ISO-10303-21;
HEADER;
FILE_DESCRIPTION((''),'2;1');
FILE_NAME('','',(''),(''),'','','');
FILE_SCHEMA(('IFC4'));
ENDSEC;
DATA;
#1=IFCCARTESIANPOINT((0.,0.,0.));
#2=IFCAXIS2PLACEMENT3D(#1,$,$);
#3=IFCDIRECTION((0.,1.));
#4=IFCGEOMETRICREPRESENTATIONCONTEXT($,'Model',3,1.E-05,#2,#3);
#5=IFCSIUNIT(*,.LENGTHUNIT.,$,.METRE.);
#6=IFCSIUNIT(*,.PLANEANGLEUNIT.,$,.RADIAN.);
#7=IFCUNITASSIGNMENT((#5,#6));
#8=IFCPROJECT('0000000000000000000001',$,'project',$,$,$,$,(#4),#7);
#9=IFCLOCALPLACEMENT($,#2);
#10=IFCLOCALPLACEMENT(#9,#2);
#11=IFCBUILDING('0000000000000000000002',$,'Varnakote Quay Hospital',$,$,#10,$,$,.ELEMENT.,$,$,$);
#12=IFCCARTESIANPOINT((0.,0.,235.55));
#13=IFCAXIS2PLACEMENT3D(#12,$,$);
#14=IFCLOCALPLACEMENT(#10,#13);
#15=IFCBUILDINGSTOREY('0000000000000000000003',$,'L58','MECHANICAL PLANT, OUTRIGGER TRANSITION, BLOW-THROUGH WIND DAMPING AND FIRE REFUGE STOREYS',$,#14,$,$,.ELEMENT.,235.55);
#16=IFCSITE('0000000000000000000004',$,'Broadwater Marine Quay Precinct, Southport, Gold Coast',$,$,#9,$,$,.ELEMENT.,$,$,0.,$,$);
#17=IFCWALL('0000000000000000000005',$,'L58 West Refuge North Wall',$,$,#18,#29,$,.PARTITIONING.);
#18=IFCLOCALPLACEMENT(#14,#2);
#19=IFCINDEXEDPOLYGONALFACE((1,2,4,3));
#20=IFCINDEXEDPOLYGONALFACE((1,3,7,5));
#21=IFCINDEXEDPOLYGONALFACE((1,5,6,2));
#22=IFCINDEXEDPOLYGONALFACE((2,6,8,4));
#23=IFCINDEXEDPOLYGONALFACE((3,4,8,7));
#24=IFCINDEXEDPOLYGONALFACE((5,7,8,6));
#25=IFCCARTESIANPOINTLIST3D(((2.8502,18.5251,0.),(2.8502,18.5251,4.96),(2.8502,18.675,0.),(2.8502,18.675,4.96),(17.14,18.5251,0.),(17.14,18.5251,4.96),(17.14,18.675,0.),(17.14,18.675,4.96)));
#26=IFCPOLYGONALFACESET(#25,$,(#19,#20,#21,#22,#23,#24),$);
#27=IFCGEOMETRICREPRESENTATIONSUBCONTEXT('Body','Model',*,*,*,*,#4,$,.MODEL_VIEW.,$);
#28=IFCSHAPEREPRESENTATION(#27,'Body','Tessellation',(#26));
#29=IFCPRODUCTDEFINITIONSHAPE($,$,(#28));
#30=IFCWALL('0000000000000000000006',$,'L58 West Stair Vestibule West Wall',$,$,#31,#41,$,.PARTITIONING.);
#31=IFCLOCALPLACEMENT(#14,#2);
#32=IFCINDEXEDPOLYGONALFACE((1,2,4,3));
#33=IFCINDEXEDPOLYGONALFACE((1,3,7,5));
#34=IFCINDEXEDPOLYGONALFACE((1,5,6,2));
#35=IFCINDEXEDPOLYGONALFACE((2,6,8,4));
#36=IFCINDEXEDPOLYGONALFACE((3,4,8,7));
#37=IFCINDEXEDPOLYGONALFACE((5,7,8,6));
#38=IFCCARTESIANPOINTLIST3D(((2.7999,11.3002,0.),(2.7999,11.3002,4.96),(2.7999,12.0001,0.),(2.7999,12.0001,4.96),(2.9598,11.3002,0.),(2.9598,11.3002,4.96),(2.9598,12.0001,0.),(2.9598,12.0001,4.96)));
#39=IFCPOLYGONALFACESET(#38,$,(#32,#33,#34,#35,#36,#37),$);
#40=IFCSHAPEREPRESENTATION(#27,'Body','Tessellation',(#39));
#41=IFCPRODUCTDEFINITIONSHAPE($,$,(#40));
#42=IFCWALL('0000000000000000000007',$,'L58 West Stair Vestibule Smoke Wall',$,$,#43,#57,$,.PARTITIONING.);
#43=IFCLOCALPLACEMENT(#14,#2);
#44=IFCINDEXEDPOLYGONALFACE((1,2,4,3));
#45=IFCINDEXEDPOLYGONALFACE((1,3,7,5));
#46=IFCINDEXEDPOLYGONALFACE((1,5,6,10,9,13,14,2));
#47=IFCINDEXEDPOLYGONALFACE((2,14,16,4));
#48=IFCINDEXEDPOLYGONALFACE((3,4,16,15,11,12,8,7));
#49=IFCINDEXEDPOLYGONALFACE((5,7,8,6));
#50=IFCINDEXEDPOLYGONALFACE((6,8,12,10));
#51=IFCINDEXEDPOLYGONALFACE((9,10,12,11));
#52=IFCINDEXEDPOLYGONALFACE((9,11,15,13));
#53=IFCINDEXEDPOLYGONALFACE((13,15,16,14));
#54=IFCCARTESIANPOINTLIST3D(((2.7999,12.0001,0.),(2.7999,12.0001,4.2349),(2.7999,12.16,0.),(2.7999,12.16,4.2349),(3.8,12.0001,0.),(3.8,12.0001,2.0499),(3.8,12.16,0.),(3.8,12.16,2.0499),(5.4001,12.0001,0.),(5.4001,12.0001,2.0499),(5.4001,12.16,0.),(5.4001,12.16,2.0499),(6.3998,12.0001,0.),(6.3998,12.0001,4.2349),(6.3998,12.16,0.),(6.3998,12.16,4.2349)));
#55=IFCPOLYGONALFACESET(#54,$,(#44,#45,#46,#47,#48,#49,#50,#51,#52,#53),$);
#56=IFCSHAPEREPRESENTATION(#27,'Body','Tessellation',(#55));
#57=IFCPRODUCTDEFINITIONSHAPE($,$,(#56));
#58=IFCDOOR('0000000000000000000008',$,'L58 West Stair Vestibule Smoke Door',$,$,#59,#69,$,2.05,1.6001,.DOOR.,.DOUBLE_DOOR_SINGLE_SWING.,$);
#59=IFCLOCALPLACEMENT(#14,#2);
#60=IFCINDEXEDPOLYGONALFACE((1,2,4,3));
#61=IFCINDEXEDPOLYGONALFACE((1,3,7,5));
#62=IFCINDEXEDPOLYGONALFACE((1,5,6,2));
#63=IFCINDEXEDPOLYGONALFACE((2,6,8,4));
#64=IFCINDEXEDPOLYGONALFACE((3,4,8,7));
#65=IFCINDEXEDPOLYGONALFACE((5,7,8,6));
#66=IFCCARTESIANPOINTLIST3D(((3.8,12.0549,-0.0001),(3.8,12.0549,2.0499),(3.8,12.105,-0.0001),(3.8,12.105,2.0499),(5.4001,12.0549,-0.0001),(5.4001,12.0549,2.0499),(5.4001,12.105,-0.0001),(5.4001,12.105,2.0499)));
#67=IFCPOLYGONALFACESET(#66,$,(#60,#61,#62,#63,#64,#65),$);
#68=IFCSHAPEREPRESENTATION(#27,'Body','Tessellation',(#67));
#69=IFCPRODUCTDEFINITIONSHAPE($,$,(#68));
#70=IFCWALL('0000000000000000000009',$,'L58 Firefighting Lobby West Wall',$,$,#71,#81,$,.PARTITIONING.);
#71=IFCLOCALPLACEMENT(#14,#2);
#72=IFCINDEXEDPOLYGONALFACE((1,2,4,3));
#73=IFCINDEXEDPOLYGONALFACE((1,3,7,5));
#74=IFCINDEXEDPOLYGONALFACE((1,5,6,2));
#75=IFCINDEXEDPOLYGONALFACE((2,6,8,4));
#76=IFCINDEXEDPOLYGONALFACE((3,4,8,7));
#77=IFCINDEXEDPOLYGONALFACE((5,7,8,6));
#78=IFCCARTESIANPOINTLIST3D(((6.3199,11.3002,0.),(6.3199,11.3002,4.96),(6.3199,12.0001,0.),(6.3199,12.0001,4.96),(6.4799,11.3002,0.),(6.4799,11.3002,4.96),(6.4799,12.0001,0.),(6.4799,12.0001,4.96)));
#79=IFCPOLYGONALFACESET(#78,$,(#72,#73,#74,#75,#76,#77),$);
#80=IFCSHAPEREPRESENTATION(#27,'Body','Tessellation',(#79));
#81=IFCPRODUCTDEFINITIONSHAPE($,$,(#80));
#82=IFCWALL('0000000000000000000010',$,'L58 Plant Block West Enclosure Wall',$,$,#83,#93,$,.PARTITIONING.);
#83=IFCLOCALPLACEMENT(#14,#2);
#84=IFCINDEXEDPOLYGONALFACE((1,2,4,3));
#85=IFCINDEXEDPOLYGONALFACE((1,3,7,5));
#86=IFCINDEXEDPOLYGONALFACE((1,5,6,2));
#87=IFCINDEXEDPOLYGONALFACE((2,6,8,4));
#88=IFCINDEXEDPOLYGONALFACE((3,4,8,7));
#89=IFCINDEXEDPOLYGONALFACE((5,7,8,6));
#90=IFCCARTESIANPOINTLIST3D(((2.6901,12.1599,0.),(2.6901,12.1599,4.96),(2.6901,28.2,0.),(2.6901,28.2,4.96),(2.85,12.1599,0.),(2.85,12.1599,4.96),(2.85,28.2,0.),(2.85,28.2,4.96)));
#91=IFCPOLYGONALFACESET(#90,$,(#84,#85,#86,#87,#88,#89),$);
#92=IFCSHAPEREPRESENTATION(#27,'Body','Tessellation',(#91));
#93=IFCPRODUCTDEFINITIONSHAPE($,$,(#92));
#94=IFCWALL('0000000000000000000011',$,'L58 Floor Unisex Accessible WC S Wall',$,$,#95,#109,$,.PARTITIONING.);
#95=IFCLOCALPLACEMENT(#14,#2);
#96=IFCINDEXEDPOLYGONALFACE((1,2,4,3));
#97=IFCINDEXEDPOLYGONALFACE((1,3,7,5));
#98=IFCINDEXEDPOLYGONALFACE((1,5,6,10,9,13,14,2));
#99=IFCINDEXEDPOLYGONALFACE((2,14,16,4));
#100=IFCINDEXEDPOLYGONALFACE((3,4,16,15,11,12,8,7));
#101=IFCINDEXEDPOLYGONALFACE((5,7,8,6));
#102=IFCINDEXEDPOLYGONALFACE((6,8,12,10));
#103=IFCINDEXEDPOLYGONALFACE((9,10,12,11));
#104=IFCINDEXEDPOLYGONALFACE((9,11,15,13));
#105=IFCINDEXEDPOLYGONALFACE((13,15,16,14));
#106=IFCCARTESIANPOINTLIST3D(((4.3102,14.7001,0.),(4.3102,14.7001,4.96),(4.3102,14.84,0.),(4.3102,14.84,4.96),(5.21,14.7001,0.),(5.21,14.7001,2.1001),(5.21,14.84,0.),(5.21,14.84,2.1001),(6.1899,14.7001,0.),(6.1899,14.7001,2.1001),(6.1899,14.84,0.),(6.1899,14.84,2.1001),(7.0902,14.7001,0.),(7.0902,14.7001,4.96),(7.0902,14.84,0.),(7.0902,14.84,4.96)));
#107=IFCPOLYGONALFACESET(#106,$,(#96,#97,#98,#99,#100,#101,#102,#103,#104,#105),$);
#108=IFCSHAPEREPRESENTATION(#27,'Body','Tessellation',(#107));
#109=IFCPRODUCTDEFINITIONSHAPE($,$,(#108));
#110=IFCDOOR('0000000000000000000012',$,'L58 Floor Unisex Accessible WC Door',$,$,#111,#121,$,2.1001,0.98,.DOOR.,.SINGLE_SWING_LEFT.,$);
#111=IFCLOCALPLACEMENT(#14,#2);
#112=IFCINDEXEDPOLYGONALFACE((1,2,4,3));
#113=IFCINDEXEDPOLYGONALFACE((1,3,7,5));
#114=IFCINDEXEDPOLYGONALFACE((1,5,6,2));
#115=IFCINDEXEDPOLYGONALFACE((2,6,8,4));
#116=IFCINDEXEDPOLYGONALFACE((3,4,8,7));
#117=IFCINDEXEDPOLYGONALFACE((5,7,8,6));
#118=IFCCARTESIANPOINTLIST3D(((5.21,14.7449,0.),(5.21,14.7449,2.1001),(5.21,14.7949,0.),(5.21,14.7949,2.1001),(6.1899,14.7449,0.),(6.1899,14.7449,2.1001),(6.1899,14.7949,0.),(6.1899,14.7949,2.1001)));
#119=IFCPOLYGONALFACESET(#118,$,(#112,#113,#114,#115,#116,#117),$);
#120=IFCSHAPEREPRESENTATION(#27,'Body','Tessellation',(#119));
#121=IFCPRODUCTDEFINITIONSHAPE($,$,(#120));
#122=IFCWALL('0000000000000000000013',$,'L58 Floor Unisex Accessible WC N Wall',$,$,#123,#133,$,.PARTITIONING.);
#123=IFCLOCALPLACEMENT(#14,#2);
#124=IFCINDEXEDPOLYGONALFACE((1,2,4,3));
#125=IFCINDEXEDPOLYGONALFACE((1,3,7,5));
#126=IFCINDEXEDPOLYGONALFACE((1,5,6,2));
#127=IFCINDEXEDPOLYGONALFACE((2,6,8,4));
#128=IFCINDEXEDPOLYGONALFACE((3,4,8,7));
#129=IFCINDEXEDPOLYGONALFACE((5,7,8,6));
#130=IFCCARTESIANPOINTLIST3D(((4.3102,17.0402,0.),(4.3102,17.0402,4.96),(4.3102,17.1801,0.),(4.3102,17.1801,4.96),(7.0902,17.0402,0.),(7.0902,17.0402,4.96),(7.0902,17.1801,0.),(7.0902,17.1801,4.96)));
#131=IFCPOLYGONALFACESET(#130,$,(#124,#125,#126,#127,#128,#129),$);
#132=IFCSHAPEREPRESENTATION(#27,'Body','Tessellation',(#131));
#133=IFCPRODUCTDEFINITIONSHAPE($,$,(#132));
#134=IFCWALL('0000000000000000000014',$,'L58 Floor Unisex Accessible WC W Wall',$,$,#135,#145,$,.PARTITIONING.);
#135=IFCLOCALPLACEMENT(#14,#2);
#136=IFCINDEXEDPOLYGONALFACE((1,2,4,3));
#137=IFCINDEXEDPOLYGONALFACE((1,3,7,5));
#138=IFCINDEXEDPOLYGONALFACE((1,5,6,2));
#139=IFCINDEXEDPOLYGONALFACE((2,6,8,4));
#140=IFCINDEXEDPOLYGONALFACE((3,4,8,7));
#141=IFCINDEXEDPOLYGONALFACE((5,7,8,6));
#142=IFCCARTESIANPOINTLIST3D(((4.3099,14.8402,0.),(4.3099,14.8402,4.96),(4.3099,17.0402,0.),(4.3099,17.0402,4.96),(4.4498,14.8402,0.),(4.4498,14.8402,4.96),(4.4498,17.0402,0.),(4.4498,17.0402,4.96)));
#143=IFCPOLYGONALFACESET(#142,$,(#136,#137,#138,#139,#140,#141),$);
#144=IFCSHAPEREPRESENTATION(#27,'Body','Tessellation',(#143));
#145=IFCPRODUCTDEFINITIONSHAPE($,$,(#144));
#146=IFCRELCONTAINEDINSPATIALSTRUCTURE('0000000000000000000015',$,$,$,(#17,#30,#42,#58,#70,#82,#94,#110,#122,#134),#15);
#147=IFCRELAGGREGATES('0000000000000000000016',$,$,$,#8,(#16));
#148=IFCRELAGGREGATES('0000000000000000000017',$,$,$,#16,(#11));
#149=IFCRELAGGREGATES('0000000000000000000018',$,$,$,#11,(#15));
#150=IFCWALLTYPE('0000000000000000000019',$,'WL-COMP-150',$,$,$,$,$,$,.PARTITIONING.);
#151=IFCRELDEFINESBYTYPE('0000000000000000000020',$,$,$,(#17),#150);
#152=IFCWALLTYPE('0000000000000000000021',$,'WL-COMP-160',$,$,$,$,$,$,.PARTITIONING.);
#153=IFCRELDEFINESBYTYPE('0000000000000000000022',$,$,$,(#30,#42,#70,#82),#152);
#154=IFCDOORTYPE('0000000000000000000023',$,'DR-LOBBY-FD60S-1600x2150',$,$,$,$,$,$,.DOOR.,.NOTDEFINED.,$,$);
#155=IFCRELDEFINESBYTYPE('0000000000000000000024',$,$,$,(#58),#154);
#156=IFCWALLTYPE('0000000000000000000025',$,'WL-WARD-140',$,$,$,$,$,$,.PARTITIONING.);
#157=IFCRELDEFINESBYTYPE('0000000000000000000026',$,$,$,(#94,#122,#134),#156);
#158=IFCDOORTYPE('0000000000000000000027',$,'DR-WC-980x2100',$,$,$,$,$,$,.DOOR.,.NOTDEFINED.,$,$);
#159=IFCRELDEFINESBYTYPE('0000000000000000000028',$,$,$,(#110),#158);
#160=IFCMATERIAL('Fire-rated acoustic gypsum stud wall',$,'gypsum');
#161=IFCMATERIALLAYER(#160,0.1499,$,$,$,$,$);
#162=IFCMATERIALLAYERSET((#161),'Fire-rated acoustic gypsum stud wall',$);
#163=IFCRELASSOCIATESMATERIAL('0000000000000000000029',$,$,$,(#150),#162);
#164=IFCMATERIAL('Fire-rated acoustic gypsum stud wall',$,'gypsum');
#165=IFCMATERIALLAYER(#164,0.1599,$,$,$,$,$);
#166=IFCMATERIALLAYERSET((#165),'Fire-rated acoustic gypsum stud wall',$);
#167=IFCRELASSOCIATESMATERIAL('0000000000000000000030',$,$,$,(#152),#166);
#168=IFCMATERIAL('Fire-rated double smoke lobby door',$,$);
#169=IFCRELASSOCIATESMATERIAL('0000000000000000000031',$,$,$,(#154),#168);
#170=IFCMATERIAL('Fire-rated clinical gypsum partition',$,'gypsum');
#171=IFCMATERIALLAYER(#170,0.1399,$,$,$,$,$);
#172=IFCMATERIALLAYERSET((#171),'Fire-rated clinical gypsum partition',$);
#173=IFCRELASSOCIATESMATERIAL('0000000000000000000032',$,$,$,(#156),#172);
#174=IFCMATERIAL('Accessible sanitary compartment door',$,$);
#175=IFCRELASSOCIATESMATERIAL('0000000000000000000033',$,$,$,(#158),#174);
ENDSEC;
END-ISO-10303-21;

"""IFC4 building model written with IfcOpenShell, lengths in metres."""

from ifc_helpers import new_model, si_unit, direction, frame, frame_2d, origin, place, context, subcontext, project, spatial, rectangle, extrude, material, layer, layer_set, type_object, element, fill, save


model = new_model("IFC4")

# Units and contexts
model_context = context("Model", 3, precision=1e-05, world=origin(), true_north=direction((0.0, 1.0)))
body_context = subcontext(model_context, "Body", "Model", "MODEL_VIEW")
ifc_project = project(units=[si_unit("LENGTHUNIT", "METRE"), si_unit("PLANEANGLEUNIT", "RADIAN")], contexts=[model_context])

# Site, building, storey
site_placement = place(None, origin())
site = spatial("IfcSite", under=ifc_project, at=site_placement, Name="Broadwater Marine Quay Precinct, Southport, Gold Coast", CompositionType="ELEMENT", RefElevation=0.0)
building_placement = place(site_placement, origin())
building = spatial("IfcBuilding", under=site, at=building_placement, Name="Varnakote Quay Hospital", CompositionType="ELEMENT")
storey_placement = place(building_placement, frame((0.0, 0.0, 235.55)))
storey = spatial("IfcBuildingStorey", under=building, at=storey_placement, Name="L58", Description="MECHANICAL PLANT, OUTRIGGER TRANSITION, BLOW-THROUGH WIND DAMPING AND FIRE REFUGE STOREYS", CompositionType="ELEMENT", Elevation=235.55)

# Walls
ifc_material_1 = material(Name="Fire-rated acoustic gypsum stud wall", Category="gypsum")
ifc_layer_1 = layer(ifc_material_1, 0.1499)
ifc_layer_set_1 = layer_set([ifc_layer_1], Name="Fire-rated acoustic gypsum stud wall")
wall_type_1 = type_object("IfcWallType", Name="WL-COMP-150", PredefinedType="PARTITIONING", material=ifc_layer_set_1)
wall_1_placement = place(storey_placement, frame((2.8501, 18.6001, 0.0), z_axis=(0.0, 0.0, 1.0), x_axis=(1.0, 0.0, 0.0)))
element("IfcWall", 1, at=wall_1_placement, inside=storey, type_object=wall_type_1, Name="L58 West Refuge North Wall", PredefinedType="PARTITIONING", context=body_context, shape_type="SweptSolid", body=[
    extrude(rectangle(XDim=14.2898, YDim=0.1499, at=frame_2d((7.145, 0.0))), origin(), (0.0, 0.0, 1.0), 4.96),
])
ifc_material_2 = material(Name="Fire-rated acoustic gypsum stud wall", Category="gypsum")
ifc_layer_2 = layer(ifc_material_2, 0.1599)
ifc_layer_set_2 = layer_set([ifc_layer_2], Name="Fire-rated acoustic gypsum stud wall")
wall_type_2 = type_object("IfcWallType", Name="WL-COMP-160", PredefinedType="PARTITIONING", material=ifc_layer_set_2)
wall_2_placement = place(storey_placement, frame((2.8799, 11.3, 0.0), z_axis=(0.0, 0.0, 1.0), x_axis=(0.0, 1.0, 0.0)))
element("IfcWall", 2, at=wall_2_placement, inside=storey, type_object=wall_type_2, Name="L58 West Stair Vestibule West Wall", PredefinedType="PARTITIONING", context=body_context, shape_type="SweptSolid", body=[
    extrude(rectangle(XDim=0.7, YDim=0.1599, at=frame_2d((0.3501, 0.0))), origin(), (0.0, 0.0, 1.0), 4.96),
])

# Wall, opening, door
wall_3_placement = place(storey_placement, frame((2.8, 12.0801, 0.0), z_axis=(0.0, 0.0, 1.0), x_axis=(1.0, 0.0, 0.0)))
wall_3 = element("IfcWall", 3, at=wall_3_placement, inside=storey, type_object=wall_type_2, Name="L58 West Stair Vestibule Smoke Wall", PredefinedType="PARTITIONING", context=body_context, shape_type="SweptSolid", body=[
    extrude(rectangle(XDim=3.5999, YDim=0.1599, at=frame_2d((1.7998, 0.0))), origin(), (0.0, 0.0, 1.0), 4.2349),
])
opening_1_placement = place(wall_3_placement, frame((1.0, 0.0, 0.0)))
opening_1 = element("IfcOpeningElement", 4, at=opening_1_placement, cuts=wall_3, PredefinedType="OPENING", context=body_context, shape_type="SweptSolid", body=[
    extrude(rectangle(XDim=1.6001, YDim=2.05, at=frame_2d((0.8, 1.0249))), frame((0.0, 0.0898, 0.0), z_axis=(0.0, -1.0, 0.0), x_axis=(1.0, 0.0, 0.0)), (0.0, 0.0, 1.0), 0.1799),
])
ifc_material_3 = material(Name="Fire-rated double smoke lobby door")
door_type_1 = type_object("IfcDoorType", Name="DR-LOBBY-FD60S-1600x2150", OperationType="NOTDEFINED", PredefinedType="DOOR", material=ifc_material_3)
door_1_placement = place(opening_1_placement, origin())
door_1 = element("IfcDoor", 5, at=door_1_placement, inside=storey, type_object=door_type_1, Name="L58 West Stair Vestibule Smoke Door", OperationType="DOUBLE_DOOR_SINGLE_SWING", OverallHeight=2.05, OverallWidth=1.6001, PredefinedType="DOOR", context=body_context, shape_type="SweptSolid", body=[
    extrude(rectangle(XDim=1.6001, YDim=2.05, at=frame_2d((0.8, 1.0249))), frame((0.0, 0.0249, 0.0), z_axis=(0.0, -1.0, 0.0), x_axis=(1.0, 0.0, 0.0)), (0.0, 0.0, 1.0), 0.05),
])
fill(opening_1, door_1)

# Walls
wall_4_placement = place(storey_placement, frame((6.3999, 11.3, 0.0), z_axis=(0.0, 0.0, 1.0), x_axis=(0.0, 1.0, 0.0)))
element("IfcWall", 6, at=wall_4_placement, inside=storey, type_object=wall_type_2, Name="L58 Firefighting Lobby West Wall", PredefinedType="PARTITIONING", context=body_context, shape_type="SweptSolid", body=[
    extrude(rectangle(XDim=0.7, YDim=0.1599, at=frame_2d((0.3501, 0.0))), origin(), (0.0, 0.0, 1.0), 4.96),
])
wall_5_placement = place(storey_placement, frame((2.77, 12.1599, 0.0), z_axis=(0.0, 0.0, 1.0), x_axis=(0.0, 1.0, 0.0)))
element("IfcWall", 7, at=wall_5_placement, inside=storey, type_object=wall_type_2, Name="L58 Plant Block West Enclosure Wall", PredefinedType="PARTITIONING", context=body_context, shape_type="SweptSolid", body=[
    extrude(rectangle(XDim=16.04, YDim=0.1599, at=frame_2d((8.02, 0.0))), origin(), (0.0, 0.0, 1.0), 4.96),
])

# Wall, opening, door
ifc_material_4 = material(Name="Fire-rated clinical gypsum partition", Category="gypsum")
ifc_layer_3 = layer(ifc_material_4, 0.1399)
ifc_layer_set_3 = layer_set([ifc_layer_3], Name="Fire-rated clinical gypsum partition")
wall_type_3 = type_object("IfcWallType", Name="WL-WARD-140", PredefinedType="PARTITIONING", material=ifc_layer_set_3)
wall_6_placement = place(storey_placement, frame((4.3101, 14.77, 0.0), z_axis=(0.0, 0.0, 1.0), x_axis=(1.0, 0.0, 0.0)))
wall_6 = element("IfcWall", 8, at=wall_6_placement, inside=storey, type_object=wall_type_3, Name="L58 Floor Unisex Accessible WC S Wall", PredefinedType="PARTITIONING", context=body_context, shape_type="SweptSolid", body=[
    extrude(rectangle(XDim=2.78, YDim=0.1399, at=frame_2d((1.3901, 0.0))), origin(), (0.0, 0.0, 1.0), 4.96),
])
opening_2_placement = place(wall_6_placement, frame((0.8999, 0.0, 0.0)))
opening_2 = element("IfcOpeningElement", 9, at=opening_2_placement, cuts=wall_6, PredefinedType="OPENING", context=body_context, shape_type="SweptSolid", body=[
    extrude(rectangle(XDim=0.98, YDim=2.1001, at=frame_2d((0.49, 1.05))), frame((0.0, 0.0798, 0.0), z_axis=(0.0, -1.0, 0.0), x_axis=(1.0, 0.0, 0.0)), (0.0, 0.0, 1.0), 0.1599),
])
ifc_material_5 = material(Name="Accessible sanitary compartment door")
door_type_2 = type_object("IfcDoorType", Name="DR-WC-980x2100", OperationType="NOTDEFINED", PredefinedType="DOOR", material=ifc_material_5)
door_2_placement = place(opening_2_placement, origin())
door_2 = element("IfcDoor", 10, at=door_2_placement, inside=storey, type_object=door_type_2, Name="L58 Floor Unisex Accessible WC Door", OperationType="SINGLE_SWING_LEFT", OverallHeight=2.1001, OverallWidth=0.98, PredefinedType="DOOR", context=body_context, shape_type="SweptSolid", body=[
    extrude(rectangle(XDim=0.98, YDim=2.1001, at=frame_2d((0.49, 1.05))), frame((0.0, 0.0249, 0.0), z_axis=(0.0, -1.0, 0.0), x_axis=(1.0, 0.0, 0.0)), (0.0, 0.0, 1.0), 0.05),
])
fill(opening_2, door_2)

# Walls
wall_7_placement = place(storey_placement, frame((4.3101, 17.1101, 0.0), z_axis=(0.0, 0.0, 1.0), x_axis=(1.0, 0.0, 0.0)))
element("IfcWall", 11, at=wall_7_placement, inside=storey, type_object=wall_type_3, Name="L58 Floor Unisex Accessible WC N Wall", PredefinedType="PARTITIONING", context=body_context, shape_type="SweptSolid", body=[
    extrude(rectangle(XDim=2.78, YDim=0.1399, at=frame_2d((1.3901, 0.0))), origin(), (0.0, 0.0, 1.0), 4.96),
])
wall_8_placement = place(storey_placement, frame((4.3799, 14.8401, 0.0), z_axis=(0.0, 0.0, 1.0), x_axis=(0.0, 1.0, 0.0)))
element("IfcWall", 12, at=wall_8_placement, inside=storey, type_object=wall_type_3, Name="L58 Floor Unisex Accessible WC W Wall", PredefinedType="PARTITIONING", context=body_context, shape_type="SweptSolid", body=[
    extrude(rectangle(XDim=2.2, YDim=0.1399, at=frame_2d((1.1001, 0.0))), origin(), (0.0, 0.0, 1.0), 4.96),
])

save(model, "model.ifc")
